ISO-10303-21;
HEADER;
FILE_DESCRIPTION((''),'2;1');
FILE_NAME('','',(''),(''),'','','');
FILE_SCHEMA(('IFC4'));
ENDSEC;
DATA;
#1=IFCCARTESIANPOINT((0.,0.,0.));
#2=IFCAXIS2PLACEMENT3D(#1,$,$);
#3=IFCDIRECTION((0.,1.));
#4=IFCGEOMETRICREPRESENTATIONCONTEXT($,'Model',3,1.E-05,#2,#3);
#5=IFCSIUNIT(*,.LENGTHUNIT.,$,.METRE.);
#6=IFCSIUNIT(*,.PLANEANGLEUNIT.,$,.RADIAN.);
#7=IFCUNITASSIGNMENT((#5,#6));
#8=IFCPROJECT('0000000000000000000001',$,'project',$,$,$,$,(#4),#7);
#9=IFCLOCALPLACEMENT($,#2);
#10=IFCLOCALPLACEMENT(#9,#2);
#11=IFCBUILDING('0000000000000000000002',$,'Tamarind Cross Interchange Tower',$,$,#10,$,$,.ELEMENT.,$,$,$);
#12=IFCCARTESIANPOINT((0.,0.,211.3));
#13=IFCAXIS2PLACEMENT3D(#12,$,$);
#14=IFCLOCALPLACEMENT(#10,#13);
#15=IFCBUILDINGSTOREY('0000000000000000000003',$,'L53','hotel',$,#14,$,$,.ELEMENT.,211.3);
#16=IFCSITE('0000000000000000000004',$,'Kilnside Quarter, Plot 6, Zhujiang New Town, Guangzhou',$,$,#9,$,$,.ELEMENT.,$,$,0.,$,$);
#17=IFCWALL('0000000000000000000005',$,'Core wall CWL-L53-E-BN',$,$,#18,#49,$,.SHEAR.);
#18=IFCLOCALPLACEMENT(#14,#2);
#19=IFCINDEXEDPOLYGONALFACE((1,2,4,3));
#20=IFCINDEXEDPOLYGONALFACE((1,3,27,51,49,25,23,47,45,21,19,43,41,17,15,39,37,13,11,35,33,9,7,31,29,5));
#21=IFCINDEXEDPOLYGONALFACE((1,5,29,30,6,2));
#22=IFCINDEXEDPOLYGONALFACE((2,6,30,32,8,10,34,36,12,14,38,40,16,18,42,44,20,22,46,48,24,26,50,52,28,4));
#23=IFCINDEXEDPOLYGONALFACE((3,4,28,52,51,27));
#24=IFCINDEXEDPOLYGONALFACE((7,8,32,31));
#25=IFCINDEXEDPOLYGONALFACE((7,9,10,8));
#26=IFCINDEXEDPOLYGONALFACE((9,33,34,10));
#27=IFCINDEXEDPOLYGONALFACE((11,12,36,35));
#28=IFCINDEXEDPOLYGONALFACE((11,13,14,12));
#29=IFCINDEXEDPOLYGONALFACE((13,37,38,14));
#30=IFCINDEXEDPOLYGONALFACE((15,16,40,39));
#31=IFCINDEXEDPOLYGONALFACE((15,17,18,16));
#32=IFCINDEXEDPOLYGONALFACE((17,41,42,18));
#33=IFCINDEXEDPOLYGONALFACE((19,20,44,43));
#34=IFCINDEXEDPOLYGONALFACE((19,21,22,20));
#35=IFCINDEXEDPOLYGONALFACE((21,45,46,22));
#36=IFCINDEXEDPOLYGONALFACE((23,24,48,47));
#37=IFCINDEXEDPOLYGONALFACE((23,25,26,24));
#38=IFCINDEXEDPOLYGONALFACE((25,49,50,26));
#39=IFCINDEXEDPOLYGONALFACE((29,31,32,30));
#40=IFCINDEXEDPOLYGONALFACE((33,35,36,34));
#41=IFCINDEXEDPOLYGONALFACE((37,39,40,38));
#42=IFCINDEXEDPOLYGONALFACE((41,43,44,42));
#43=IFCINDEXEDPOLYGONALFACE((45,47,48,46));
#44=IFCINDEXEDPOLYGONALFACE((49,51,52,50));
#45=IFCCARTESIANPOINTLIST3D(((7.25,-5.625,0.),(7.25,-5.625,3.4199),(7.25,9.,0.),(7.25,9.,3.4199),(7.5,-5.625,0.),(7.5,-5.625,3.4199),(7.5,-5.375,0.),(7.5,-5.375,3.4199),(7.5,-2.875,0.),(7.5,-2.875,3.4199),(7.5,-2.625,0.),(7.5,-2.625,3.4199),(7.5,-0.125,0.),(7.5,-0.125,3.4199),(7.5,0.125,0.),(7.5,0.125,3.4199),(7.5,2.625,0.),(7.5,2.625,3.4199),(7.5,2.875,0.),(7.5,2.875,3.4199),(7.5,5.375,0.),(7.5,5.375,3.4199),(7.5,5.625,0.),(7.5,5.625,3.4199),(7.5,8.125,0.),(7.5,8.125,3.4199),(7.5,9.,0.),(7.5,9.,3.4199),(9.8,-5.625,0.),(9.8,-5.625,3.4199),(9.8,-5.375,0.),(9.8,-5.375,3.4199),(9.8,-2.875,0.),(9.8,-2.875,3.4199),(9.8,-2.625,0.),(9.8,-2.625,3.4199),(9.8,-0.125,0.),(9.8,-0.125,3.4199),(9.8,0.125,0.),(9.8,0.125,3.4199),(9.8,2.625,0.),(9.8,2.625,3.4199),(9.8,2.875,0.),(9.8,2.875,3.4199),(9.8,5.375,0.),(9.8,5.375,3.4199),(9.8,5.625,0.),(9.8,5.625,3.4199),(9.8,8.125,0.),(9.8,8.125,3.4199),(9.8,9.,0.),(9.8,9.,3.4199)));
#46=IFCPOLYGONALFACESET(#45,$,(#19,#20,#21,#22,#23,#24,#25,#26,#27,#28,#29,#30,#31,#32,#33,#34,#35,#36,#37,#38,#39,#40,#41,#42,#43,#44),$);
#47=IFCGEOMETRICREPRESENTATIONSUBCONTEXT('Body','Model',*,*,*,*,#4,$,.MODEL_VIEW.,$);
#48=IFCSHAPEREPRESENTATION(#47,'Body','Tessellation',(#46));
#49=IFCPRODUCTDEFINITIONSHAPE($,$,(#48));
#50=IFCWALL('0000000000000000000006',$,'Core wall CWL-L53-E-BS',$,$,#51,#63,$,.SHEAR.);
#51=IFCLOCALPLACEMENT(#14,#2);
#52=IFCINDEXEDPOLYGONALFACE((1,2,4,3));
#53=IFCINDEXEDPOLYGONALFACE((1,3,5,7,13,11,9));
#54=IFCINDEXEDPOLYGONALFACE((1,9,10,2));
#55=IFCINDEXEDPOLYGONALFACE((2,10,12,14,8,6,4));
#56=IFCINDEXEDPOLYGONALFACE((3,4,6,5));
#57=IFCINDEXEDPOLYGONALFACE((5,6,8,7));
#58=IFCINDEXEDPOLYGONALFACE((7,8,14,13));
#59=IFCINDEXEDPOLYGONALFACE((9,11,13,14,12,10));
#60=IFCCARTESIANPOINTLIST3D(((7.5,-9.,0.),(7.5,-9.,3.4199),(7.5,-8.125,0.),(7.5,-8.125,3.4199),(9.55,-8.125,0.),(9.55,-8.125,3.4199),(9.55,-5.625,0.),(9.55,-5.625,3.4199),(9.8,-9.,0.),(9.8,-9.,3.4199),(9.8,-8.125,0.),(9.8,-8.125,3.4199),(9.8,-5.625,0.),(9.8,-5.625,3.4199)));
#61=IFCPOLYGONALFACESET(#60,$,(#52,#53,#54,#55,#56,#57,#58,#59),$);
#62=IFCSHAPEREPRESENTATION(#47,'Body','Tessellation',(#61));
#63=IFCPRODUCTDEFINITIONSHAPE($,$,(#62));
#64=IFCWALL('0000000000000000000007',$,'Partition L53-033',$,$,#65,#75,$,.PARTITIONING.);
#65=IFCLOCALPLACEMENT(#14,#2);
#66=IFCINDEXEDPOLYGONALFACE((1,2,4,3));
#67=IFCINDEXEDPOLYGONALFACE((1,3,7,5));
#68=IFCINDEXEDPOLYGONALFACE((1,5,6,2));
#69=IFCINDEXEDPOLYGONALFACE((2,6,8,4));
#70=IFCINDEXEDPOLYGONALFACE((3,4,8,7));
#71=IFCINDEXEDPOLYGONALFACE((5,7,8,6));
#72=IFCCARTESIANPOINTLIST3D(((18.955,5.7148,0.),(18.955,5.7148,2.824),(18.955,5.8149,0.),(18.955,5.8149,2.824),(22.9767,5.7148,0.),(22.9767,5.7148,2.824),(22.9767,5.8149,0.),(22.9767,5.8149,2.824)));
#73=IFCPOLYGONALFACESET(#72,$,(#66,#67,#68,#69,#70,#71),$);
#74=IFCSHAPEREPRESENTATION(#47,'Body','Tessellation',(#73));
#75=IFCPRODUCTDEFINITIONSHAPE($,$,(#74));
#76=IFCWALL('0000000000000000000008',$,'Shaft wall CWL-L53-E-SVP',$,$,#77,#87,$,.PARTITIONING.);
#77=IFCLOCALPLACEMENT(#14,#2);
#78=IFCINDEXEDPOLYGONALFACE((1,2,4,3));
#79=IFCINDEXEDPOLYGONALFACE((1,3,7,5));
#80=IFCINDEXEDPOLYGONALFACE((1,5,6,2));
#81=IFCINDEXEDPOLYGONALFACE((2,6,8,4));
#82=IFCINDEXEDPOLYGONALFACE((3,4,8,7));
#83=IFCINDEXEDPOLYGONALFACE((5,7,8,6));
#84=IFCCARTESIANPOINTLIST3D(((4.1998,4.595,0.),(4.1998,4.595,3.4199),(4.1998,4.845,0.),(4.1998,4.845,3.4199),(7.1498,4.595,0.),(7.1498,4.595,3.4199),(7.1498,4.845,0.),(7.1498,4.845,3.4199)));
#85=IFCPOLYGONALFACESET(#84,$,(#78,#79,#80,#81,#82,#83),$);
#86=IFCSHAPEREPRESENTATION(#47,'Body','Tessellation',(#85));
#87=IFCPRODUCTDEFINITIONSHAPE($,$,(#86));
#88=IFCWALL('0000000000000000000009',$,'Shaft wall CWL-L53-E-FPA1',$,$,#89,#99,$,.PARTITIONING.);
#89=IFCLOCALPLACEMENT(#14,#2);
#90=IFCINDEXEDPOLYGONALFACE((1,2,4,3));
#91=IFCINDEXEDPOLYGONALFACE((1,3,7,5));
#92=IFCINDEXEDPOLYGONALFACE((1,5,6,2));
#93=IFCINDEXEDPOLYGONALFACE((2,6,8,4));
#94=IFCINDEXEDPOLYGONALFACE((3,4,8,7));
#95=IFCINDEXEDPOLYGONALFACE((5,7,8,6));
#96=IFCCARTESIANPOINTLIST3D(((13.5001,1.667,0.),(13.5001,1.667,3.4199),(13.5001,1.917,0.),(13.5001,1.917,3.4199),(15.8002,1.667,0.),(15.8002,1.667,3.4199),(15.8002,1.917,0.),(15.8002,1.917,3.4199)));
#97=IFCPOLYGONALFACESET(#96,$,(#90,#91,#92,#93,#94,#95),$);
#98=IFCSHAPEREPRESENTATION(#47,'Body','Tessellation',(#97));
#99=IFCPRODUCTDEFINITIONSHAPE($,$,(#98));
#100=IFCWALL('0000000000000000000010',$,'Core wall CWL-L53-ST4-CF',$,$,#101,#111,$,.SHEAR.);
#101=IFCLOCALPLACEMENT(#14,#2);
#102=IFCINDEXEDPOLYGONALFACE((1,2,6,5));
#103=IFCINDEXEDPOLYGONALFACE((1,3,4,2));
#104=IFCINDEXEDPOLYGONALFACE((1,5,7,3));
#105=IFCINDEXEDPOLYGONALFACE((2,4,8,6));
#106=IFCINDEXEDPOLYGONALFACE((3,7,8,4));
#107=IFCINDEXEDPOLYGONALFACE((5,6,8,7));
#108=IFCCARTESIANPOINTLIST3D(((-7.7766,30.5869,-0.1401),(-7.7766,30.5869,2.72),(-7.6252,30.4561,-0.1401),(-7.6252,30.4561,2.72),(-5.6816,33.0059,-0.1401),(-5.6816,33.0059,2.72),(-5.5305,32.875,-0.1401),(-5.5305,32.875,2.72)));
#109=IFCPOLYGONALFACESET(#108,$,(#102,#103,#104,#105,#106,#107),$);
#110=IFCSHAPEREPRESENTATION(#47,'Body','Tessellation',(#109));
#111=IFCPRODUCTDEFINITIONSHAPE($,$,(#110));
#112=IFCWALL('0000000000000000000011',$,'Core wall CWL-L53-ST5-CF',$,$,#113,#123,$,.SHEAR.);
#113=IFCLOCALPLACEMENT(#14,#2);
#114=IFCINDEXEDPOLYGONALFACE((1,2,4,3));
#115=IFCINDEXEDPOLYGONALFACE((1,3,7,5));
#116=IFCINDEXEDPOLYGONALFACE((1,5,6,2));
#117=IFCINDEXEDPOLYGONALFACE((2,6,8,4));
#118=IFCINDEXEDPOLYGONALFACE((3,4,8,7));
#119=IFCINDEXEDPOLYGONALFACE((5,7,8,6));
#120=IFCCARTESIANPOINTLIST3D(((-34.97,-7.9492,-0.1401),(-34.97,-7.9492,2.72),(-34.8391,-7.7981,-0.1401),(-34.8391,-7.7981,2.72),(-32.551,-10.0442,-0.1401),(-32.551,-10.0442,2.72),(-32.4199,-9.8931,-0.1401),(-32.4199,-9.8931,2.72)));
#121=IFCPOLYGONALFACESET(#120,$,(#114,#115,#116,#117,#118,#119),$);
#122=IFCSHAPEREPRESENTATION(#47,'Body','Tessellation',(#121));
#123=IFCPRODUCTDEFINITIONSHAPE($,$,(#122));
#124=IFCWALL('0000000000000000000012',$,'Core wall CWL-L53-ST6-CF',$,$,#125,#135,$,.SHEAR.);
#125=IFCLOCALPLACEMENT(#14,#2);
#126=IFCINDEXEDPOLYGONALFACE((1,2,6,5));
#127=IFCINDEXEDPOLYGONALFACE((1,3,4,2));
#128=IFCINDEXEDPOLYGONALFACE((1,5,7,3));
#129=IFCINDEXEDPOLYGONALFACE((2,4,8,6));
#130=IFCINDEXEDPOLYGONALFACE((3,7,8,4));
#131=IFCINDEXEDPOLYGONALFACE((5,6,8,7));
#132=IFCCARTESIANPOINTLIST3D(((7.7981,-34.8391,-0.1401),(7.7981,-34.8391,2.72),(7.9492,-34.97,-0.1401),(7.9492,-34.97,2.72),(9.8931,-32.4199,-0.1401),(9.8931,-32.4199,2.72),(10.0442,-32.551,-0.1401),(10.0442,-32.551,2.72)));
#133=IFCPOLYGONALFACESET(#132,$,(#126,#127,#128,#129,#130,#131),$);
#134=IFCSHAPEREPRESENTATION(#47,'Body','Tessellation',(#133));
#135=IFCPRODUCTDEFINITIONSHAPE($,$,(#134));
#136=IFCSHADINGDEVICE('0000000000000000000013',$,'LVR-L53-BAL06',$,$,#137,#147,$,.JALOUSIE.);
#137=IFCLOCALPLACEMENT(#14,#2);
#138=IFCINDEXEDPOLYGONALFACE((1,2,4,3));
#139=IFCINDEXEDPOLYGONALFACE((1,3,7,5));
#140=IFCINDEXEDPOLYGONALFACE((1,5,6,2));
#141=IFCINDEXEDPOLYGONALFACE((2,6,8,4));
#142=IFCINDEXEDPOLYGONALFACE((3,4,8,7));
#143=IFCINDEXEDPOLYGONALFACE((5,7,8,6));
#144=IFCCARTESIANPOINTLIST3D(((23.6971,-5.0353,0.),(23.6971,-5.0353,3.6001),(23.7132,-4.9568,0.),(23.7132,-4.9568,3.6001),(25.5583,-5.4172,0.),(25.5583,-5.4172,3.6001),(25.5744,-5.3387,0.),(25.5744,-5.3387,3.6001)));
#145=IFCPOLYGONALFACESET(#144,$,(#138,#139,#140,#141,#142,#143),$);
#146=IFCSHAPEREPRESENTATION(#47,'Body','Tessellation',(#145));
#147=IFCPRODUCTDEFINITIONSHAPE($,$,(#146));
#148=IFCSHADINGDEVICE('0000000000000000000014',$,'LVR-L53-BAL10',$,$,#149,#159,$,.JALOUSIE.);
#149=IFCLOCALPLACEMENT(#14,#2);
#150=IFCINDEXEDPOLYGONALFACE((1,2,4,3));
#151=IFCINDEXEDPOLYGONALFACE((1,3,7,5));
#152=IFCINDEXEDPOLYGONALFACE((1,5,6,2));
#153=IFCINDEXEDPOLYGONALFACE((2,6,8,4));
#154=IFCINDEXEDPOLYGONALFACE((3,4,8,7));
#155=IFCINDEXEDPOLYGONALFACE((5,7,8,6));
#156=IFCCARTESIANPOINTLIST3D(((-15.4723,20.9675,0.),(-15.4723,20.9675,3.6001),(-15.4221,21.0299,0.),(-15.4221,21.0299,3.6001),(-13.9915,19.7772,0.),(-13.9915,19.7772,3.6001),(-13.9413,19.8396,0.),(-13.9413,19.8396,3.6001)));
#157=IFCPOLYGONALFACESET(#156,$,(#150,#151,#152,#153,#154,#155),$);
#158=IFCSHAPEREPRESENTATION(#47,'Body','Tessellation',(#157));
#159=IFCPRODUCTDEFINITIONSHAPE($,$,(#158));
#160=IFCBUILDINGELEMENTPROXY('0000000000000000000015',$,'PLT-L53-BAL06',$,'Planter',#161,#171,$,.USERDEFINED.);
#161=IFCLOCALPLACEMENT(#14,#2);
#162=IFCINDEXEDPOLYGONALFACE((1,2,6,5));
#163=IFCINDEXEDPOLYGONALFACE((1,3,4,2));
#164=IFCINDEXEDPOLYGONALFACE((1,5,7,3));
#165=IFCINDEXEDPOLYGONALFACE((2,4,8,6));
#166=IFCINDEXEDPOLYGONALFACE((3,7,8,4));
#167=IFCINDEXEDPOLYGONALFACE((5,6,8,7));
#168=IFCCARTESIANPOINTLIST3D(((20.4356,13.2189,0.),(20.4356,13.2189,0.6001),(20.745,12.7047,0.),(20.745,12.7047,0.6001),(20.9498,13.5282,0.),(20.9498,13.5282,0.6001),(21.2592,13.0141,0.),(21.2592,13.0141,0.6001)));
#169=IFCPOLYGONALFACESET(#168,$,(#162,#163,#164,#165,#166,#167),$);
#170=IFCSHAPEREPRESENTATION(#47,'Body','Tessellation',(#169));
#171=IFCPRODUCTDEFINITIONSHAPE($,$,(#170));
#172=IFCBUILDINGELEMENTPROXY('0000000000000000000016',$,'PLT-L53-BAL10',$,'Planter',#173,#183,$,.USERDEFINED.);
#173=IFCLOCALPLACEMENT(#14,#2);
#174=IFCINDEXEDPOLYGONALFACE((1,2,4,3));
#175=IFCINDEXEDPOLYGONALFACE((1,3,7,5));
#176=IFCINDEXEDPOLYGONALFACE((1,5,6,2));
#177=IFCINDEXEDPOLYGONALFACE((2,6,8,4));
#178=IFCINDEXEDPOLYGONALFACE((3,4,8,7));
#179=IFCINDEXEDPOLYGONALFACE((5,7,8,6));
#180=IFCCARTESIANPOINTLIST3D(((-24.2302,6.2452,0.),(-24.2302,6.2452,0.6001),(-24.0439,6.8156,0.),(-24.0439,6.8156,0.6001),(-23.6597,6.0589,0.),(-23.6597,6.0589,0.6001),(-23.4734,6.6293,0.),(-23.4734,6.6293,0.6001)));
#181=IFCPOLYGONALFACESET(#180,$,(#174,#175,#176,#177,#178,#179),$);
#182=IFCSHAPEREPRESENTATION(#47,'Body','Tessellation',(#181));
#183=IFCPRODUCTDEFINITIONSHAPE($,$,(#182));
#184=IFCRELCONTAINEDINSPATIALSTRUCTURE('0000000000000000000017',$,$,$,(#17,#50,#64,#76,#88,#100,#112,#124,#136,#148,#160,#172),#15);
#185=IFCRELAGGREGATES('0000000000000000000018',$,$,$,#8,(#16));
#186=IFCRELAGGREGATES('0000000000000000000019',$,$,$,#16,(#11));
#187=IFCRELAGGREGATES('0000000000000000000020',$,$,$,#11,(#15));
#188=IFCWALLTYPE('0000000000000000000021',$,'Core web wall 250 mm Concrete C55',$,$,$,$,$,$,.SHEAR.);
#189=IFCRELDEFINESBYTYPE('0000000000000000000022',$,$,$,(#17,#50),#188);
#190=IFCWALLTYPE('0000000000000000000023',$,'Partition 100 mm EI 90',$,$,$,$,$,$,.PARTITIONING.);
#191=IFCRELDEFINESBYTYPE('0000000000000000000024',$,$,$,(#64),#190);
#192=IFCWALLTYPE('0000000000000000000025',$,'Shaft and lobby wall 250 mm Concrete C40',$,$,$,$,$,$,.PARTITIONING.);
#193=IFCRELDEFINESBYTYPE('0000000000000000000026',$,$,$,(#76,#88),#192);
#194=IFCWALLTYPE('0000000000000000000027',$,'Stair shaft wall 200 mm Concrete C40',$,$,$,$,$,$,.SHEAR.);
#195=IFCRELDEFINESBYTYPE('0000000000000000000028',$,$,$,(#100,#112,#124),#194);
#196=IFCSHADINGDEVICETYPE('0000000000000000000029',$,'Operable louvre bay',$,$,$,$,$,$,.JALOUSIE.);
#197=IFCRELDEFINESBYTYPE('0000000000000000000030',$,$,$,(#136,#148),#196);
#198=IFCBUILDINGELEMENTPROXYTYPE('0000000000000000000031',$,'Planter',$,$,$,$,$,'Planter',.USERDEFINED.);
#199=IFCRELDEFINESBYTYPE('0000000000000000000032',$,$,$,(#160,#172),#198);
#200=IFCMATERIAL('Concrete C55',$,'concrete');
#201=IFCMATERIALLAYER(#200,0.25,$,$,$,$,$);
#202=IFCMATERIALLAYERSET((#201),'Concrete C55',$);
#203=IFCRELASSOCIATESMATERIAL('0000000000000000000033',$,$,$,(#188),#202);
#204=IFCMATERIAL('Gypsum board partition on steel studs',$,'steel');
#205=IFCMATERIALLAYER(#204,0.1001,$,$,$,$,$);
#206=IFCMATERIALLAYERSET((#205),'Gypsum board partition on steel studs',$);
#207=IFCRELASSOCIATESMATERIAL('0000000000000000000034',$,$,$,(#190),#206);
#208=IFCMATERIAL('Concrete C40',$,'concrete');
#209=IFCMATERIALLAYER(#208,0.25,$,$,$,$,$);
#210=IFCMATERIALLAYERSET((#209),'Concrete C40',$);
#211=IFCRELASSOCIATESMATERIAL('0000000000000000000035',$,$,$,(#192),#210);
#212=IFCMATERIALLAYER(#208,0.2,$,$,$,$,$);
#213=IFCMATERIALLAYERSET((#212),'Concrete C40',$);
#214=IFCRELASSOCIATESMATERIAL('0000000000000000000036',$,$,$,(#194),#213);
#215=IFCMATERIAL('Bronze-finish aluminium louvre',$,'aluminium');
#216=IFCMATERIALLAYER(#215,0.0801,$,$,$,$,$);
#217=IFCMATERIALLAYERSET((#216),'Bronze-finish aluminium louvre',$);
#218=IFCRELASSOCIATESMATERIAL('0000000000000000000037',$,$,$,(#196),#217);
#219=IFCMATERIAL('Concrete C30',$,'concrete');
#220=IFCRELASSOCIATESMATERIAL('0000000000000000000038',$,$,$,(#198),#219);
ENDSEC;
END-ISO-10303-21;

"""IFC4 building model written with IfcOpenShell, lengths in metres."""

from ifc_helpers import new_model, si_unit, direction, frame, frame_2d, origin, origin_2d, place, context, subcontext, project, spatial, polyline, rectangle, outline, extrude, material, layer, layer_set, type_object, element, save


model = new_model("IFC4")

# Units and contexts
model_context = context("Model", 3, precision=1e-05, world=origin(), true_north=direction((0.0, 1.0)))
body_context = subcontext(model_context, "Body", "Model", "MODEL_VIEW")
ifc_project = project(units=[si_unit("LENGTHUNIT", "METRE"), si_unit("PLANEANGLEUNIT", "RADIAN")], contexts=[model_context])

# Site, building, storey
site_placement = place(None, origin())
site = spatial("IfcSite", under=ifc_project, at=site_placement, Name="Kilnside Quarter, Plot 6, Zhujiang New Town, Guangzhou", CompositionType="ELEMENT", RefElevation=0.0)
building_placement = place(site_placement, origin())
building = spatial("IfcBuilding", under=site, at=building_placement, Name="Tamarind Cross Interchange Tower", CompositionType="ELEMENT")
storey_placement = place(building_placement, frame((0.0, 0.0, 211.3)))
storey = spatial("IfcBuildingStorey", under=building, at=storey_placement, Name="L53", Description="hotel", CompositionType="ELEMENT", Elevation=211.3)

# Shared definitions
ifc_material_1 = material(Name="Concrete C55", Category="concrete")

# Shared definitions
ifc_material_2 = material(Name="Concrete C40", Category="concrete")

# Walls
ifc_layer_1 = layer(ifc_material_1, 0.25)
ifc_layer_set_1 = layer_set([ifc_layer_1], Name="Concrete C55")
wall_type_1 = type_object("IfcWallType", Name="Core web wall 250 mm Concrete C55", PredefinedType="SHEAR", material=ifc_layer_set_1)
wall_1_placement = place(storey_placement, origin())
element("IfcWall", 1, at=wall_1_placement, inside=storey, type_object=wall_type_1, Name="Core wall CWL-L53-E-BN", PredefinedType="SHEAR", context=body_context, shape_type="SweptSolid", body=[
    extrude(outline(polyline([(9.8, -5.375), (7.5, -5.375), (7.5, -2.875), (9.8, -2.875), (9.8, -2.625), (7.5, -2.625), (7.5, -0.125), (9.8, -0.125), (9.8, 0.125), (7.5, 0.125), (7.5, 2.625), (9.8, 2.625), (9.8, 2.875), (7.5, 2.875), (7.5, 5.375), (9.8, 5.375), (9.8, 5.625), (7.5, 5.625), (7.5, 8.125), (9.8, 8.125), (9.8, 9.0), (7.5, 9.0), (7.25, 9.0), (7.25, -5.625), (7.5, -5.625), (9.8, -5.625), (9.8, -5.375)])), origin(), (0.0, 0.0, 1.0), 3.4199),
])
wall_2_placement = place(storey_placement, origin())
element("IfcWall", 2, at=wall_2_placement, inside=storey, type_object=wall_type_1, Name="Core wall CWL-L53-E-BS", PredefinedType="SHEAR", context=body_context, shape_type="SweptSolid", body=[
    extrude(outline(polyline([(7.5, -8.125), (7.5, -9.0), (9.8, -9.0), (9.8, -8.125), (9.8, -5.625), (9.55, -5.625), (9.55, -8.125), (7.5, -8.125)])), origin(), (0.0, 0.0, 1.0), 3.4199),
])
ifc_material_3 = material(Name="Gypsum board partition on steel studs", Category="steel")
ifc_layer_2 = layer(ifc_material_3, 0.1001)
ifc_layer_set_2 = layer_set([ifc_layer_2], Name="Gypsum board partition on steel studs")
wall_type_2 = type_object("IfcWallType", Name="Partition 100 mm EI 90", PredefinedType="PARTITIONING", material=ifc_layer_set_2)
wall_3_placement = place(storey_placement, frame((18.9551, 5.7649, 0.0), z_axis=(0.0, 0.0, 1.0), x_axis=(1.0, 0.0, 0.0)))
element("IfcWall", 3, at=wall_3_placement, inside=storey, type_object=wall_type_2, Name="Partition L53-033", PredefinedType="PARTITIONING", context=body_context, shape_type="SweptSolid", body=[
    extrude(rectangle(XDim=4.0217, YDim=0.1001, at=frame_2d((2.0107, 0.0))), origin(), (0.0, 0.0, 1.0), 2.824),
])
ifc_layer_3 = layer(ifc_material_2, 0.25)
ifc_layer_set_3 = layer_set([ifc_layer_3], Name="Concrete C40")
wall_type_3 = type_object("IfcWallType", Name="Shaft and lobby wall 250 mm Concrete C40", PredefinedType="PARTITIONING", material=ifc_layer_set_3)
wall_4_placement = place(storey_placement, frame((7.1499, 4.72, 0.0), z_axis=(0.0, 0.0, 1.0), x_axis=(-1.0, 0.0, 0.0)))
element("IfcWall", 4, at=wall_4_placement, inside=storey, type_object=wall_type_3, Name="Shaft wall CWL-L53-E-SVP", PredefinedType="PARTITIONING", context=body_context, shape_type="SweptSolid", body=[
    extrude(rectangle(XDim=2.95, YDim=0.25, at=frame_2d((1.4751, 0.0))), origin(), (0.0, 0.0, 1.0), 3.4199),
])
wall_5_placement = place(storey_placement, frame((15.8, 1.792, 0.0), z_axis=(0.0, 0.0, 1.0), x_axis=(-1.0, 0.0, 0.0)))
element("IfcWall", 5, at=wall_5_placement, inside=storey, type_object=wall_type_3, Name="Shaft wall CWL-L53-E-FPA1", PredefinedType="PARTITIONING", context=body_context, shape_type="SweptSolid", body=[
    extrude(rectangle(XDim=2.3, YDim=0.25, at=frame_2d((1.1499, 0.0))), origin(), (0.0, 0.0, 1.0), 3.4199),
])
ifc_layer_4 = layer(ifc_material_2, 0.2)
ifc_layer_set_4 = layer_set([ifc_layer_4], Name="Concrete C40")
wall_type_4 = type_object("IfcWallType", Name="Stair shaft wall 200 mm Concrete C40", PredefinedType="SHEAR", material=ifc_layer_set_4)
wall_6_placement = place(storey_placement, frame((0.0, 0.0, -0.1401)))
element("IfcWall", 6, at=wall_6_placement, inside=storey, type_object=wall_type_4, Name="Core wall CWL-L53-ST4-CF", PredefinedType="SHEAR", context=body_context, shape_type="SweptSolid", body=[
    extrude(outline(polyline([(-5.5305, 32.875), (-5.6816, 33.0059), (-7.7766, 30.5869), (-7.6252, 30.4561), (-5.5305, 32.875)])), origin(), (0.0, 0.0, 1.0), 2.8601),
])
wall_7_placement = place(storey_placement, frame((0.0, 0.0, -0.1401)))
element("IfcWall", 7, at=wall_7_placement, inside=storey, type_object=wall_type_4, Name="Core wall CWL-L53-ST5-CF", PredefinedType="SHEAR", context=body_context, shape_type="SweptSolid", body=[
    extrude(outline(polyline([(-34.8391, -7.7981), (-34.97, -7.9492), (-32.551, -10.0442), (-32.4199, -9.8931), (-34.8391, -7.7981)])), origin(), (0.0, 0.0, 1.0), 2.8601),
])
wall_8_placement = place(storey_placement, frame((0.0, 0.0, -0.1401)))
element("IfcWall", 8, at=wall_8_placement, inside=storey, type_object=wall_type_4, Name="Core wall CWL-L53-ST6-CF", PredefinedType="SHEAR", context=body_context, shape_type="SweptSolid", body=[
    extrude(outline(polyline([(7.7981, -34.8391), (7.9492, -34.97), (10.0442, -32.551), (9.8931, -32.4199), (7.7981, -34.8391)])), origin(), (0.0, 0.0, 1.0), 2.8601),
])

# Shading devices
ifc_material_4 = material(Name="Bronze-finish aluminium louvre", Category="aluminium")
ifc_layer_5 = layer(ifc_material_4, 0.0801)
ifc_layer_set_5 = layer_set([ifc_layer_5], Name="Bronze-finish aluminium louvre")
shading_device_type = type_object("IfcShadingDeviceType", Name="Operable louvre bay", PredefinedType="JALOUSIE", material=ifc_layer_set_5)
shading_device_1_placement = place(storey_placement, origin())
element("IfcShadingDevice", 9, at=shading_device_1_placement, inside=storey, type_object=shading_device_type, Name="LVR-L53-BAL06", PredefinedType="JALOUSIE", context=body_context, shape_type="SweptSolid", body=[
    extrude(rectangle(XDim=1.8999, YDim=0.0801, at=origin_2d()), frame((24.6357, -5.187, 0.0), z_axis=(0.0, 0.0, 1.0), x_axis=(0.979591, -0.201001, 0.0)), (0.0, 0.0, 1.0), 3.6001),
])
shading_device_2_placement = place(storey_placement, origin())
element("IfcShadingDevice", 10, at=shading_device_2_placement, inside=storey, type_object=shading_device_type, Name="LVR-L53-BAL10", PredefinedType="JALOUSIE", context=body_context, shape_type="SweptSolid", body=[
    extrude(rectangle(XDim=1.8999, YDim=0.0801, at=origin_2d()), frame((-14.7068, 20.4036, 0.0), z_axis=(0.0, 0.0, 1.0), x_axis=(-0.779413, 0.626511, 0.0)), (0.0, 0.0, 1.0), 3.6001),
])

# Building element proxies
ifc_material_5 = material(Name="Concrete C30", Category="concrete")
building_element_proxy_type = type_object("IfcBuildingElementProxyType", Name="Planter", ElementType="Planter", PredefinedType="USERDEFINED", material=ifc_material_5)
proxy_1_placement = place(storey_placement, origin())
element("IfcBuildingElementProxy", 11, at=proxy_1_placement, inside=storey, type_object=building_element_proxy_type, Name="PLT-L53-BAL06", ObjectType="Planter", PredefinedType="USERDEFINED", context=body_context, shape_type="SweptSolid", body=[
    extrude(rectangle(XDim=0.6001, YDim=0.6001, at=origin_2d()), frame((20.8474, 13.1165, 0.0), z_axis=(0.0, 0.0, 1.0), x_axis=(-0.515577, 0.856843, 0.0)), (0.0, 0.0, 1.0), 0.6001),
])
proxy_2_placement = place(storey_placement, origin())
element("IfcBuildingElementProxy", 12, at=proxy_2_placement, inside=storey, type_object=building_element_proxy_type, Name="PLT-L53-BAL10", ObjectType="Planter", PredefinedType="USERDEFINED", context=body_context, shape_type="SweptSolid", body=[
    extrude(rectangle(XDim=0.6001, YDim=0.6001, at=origin_2d()), frame((-23.8518, 6.4373, 0.0), z_axis=(0.0, 0.0, 1.0), x_axis=(-0.310471, -0.950583, 0.0)), (0.0, 0.0, 1.0), 0.6001),
])

save(model, "model.ifc")
